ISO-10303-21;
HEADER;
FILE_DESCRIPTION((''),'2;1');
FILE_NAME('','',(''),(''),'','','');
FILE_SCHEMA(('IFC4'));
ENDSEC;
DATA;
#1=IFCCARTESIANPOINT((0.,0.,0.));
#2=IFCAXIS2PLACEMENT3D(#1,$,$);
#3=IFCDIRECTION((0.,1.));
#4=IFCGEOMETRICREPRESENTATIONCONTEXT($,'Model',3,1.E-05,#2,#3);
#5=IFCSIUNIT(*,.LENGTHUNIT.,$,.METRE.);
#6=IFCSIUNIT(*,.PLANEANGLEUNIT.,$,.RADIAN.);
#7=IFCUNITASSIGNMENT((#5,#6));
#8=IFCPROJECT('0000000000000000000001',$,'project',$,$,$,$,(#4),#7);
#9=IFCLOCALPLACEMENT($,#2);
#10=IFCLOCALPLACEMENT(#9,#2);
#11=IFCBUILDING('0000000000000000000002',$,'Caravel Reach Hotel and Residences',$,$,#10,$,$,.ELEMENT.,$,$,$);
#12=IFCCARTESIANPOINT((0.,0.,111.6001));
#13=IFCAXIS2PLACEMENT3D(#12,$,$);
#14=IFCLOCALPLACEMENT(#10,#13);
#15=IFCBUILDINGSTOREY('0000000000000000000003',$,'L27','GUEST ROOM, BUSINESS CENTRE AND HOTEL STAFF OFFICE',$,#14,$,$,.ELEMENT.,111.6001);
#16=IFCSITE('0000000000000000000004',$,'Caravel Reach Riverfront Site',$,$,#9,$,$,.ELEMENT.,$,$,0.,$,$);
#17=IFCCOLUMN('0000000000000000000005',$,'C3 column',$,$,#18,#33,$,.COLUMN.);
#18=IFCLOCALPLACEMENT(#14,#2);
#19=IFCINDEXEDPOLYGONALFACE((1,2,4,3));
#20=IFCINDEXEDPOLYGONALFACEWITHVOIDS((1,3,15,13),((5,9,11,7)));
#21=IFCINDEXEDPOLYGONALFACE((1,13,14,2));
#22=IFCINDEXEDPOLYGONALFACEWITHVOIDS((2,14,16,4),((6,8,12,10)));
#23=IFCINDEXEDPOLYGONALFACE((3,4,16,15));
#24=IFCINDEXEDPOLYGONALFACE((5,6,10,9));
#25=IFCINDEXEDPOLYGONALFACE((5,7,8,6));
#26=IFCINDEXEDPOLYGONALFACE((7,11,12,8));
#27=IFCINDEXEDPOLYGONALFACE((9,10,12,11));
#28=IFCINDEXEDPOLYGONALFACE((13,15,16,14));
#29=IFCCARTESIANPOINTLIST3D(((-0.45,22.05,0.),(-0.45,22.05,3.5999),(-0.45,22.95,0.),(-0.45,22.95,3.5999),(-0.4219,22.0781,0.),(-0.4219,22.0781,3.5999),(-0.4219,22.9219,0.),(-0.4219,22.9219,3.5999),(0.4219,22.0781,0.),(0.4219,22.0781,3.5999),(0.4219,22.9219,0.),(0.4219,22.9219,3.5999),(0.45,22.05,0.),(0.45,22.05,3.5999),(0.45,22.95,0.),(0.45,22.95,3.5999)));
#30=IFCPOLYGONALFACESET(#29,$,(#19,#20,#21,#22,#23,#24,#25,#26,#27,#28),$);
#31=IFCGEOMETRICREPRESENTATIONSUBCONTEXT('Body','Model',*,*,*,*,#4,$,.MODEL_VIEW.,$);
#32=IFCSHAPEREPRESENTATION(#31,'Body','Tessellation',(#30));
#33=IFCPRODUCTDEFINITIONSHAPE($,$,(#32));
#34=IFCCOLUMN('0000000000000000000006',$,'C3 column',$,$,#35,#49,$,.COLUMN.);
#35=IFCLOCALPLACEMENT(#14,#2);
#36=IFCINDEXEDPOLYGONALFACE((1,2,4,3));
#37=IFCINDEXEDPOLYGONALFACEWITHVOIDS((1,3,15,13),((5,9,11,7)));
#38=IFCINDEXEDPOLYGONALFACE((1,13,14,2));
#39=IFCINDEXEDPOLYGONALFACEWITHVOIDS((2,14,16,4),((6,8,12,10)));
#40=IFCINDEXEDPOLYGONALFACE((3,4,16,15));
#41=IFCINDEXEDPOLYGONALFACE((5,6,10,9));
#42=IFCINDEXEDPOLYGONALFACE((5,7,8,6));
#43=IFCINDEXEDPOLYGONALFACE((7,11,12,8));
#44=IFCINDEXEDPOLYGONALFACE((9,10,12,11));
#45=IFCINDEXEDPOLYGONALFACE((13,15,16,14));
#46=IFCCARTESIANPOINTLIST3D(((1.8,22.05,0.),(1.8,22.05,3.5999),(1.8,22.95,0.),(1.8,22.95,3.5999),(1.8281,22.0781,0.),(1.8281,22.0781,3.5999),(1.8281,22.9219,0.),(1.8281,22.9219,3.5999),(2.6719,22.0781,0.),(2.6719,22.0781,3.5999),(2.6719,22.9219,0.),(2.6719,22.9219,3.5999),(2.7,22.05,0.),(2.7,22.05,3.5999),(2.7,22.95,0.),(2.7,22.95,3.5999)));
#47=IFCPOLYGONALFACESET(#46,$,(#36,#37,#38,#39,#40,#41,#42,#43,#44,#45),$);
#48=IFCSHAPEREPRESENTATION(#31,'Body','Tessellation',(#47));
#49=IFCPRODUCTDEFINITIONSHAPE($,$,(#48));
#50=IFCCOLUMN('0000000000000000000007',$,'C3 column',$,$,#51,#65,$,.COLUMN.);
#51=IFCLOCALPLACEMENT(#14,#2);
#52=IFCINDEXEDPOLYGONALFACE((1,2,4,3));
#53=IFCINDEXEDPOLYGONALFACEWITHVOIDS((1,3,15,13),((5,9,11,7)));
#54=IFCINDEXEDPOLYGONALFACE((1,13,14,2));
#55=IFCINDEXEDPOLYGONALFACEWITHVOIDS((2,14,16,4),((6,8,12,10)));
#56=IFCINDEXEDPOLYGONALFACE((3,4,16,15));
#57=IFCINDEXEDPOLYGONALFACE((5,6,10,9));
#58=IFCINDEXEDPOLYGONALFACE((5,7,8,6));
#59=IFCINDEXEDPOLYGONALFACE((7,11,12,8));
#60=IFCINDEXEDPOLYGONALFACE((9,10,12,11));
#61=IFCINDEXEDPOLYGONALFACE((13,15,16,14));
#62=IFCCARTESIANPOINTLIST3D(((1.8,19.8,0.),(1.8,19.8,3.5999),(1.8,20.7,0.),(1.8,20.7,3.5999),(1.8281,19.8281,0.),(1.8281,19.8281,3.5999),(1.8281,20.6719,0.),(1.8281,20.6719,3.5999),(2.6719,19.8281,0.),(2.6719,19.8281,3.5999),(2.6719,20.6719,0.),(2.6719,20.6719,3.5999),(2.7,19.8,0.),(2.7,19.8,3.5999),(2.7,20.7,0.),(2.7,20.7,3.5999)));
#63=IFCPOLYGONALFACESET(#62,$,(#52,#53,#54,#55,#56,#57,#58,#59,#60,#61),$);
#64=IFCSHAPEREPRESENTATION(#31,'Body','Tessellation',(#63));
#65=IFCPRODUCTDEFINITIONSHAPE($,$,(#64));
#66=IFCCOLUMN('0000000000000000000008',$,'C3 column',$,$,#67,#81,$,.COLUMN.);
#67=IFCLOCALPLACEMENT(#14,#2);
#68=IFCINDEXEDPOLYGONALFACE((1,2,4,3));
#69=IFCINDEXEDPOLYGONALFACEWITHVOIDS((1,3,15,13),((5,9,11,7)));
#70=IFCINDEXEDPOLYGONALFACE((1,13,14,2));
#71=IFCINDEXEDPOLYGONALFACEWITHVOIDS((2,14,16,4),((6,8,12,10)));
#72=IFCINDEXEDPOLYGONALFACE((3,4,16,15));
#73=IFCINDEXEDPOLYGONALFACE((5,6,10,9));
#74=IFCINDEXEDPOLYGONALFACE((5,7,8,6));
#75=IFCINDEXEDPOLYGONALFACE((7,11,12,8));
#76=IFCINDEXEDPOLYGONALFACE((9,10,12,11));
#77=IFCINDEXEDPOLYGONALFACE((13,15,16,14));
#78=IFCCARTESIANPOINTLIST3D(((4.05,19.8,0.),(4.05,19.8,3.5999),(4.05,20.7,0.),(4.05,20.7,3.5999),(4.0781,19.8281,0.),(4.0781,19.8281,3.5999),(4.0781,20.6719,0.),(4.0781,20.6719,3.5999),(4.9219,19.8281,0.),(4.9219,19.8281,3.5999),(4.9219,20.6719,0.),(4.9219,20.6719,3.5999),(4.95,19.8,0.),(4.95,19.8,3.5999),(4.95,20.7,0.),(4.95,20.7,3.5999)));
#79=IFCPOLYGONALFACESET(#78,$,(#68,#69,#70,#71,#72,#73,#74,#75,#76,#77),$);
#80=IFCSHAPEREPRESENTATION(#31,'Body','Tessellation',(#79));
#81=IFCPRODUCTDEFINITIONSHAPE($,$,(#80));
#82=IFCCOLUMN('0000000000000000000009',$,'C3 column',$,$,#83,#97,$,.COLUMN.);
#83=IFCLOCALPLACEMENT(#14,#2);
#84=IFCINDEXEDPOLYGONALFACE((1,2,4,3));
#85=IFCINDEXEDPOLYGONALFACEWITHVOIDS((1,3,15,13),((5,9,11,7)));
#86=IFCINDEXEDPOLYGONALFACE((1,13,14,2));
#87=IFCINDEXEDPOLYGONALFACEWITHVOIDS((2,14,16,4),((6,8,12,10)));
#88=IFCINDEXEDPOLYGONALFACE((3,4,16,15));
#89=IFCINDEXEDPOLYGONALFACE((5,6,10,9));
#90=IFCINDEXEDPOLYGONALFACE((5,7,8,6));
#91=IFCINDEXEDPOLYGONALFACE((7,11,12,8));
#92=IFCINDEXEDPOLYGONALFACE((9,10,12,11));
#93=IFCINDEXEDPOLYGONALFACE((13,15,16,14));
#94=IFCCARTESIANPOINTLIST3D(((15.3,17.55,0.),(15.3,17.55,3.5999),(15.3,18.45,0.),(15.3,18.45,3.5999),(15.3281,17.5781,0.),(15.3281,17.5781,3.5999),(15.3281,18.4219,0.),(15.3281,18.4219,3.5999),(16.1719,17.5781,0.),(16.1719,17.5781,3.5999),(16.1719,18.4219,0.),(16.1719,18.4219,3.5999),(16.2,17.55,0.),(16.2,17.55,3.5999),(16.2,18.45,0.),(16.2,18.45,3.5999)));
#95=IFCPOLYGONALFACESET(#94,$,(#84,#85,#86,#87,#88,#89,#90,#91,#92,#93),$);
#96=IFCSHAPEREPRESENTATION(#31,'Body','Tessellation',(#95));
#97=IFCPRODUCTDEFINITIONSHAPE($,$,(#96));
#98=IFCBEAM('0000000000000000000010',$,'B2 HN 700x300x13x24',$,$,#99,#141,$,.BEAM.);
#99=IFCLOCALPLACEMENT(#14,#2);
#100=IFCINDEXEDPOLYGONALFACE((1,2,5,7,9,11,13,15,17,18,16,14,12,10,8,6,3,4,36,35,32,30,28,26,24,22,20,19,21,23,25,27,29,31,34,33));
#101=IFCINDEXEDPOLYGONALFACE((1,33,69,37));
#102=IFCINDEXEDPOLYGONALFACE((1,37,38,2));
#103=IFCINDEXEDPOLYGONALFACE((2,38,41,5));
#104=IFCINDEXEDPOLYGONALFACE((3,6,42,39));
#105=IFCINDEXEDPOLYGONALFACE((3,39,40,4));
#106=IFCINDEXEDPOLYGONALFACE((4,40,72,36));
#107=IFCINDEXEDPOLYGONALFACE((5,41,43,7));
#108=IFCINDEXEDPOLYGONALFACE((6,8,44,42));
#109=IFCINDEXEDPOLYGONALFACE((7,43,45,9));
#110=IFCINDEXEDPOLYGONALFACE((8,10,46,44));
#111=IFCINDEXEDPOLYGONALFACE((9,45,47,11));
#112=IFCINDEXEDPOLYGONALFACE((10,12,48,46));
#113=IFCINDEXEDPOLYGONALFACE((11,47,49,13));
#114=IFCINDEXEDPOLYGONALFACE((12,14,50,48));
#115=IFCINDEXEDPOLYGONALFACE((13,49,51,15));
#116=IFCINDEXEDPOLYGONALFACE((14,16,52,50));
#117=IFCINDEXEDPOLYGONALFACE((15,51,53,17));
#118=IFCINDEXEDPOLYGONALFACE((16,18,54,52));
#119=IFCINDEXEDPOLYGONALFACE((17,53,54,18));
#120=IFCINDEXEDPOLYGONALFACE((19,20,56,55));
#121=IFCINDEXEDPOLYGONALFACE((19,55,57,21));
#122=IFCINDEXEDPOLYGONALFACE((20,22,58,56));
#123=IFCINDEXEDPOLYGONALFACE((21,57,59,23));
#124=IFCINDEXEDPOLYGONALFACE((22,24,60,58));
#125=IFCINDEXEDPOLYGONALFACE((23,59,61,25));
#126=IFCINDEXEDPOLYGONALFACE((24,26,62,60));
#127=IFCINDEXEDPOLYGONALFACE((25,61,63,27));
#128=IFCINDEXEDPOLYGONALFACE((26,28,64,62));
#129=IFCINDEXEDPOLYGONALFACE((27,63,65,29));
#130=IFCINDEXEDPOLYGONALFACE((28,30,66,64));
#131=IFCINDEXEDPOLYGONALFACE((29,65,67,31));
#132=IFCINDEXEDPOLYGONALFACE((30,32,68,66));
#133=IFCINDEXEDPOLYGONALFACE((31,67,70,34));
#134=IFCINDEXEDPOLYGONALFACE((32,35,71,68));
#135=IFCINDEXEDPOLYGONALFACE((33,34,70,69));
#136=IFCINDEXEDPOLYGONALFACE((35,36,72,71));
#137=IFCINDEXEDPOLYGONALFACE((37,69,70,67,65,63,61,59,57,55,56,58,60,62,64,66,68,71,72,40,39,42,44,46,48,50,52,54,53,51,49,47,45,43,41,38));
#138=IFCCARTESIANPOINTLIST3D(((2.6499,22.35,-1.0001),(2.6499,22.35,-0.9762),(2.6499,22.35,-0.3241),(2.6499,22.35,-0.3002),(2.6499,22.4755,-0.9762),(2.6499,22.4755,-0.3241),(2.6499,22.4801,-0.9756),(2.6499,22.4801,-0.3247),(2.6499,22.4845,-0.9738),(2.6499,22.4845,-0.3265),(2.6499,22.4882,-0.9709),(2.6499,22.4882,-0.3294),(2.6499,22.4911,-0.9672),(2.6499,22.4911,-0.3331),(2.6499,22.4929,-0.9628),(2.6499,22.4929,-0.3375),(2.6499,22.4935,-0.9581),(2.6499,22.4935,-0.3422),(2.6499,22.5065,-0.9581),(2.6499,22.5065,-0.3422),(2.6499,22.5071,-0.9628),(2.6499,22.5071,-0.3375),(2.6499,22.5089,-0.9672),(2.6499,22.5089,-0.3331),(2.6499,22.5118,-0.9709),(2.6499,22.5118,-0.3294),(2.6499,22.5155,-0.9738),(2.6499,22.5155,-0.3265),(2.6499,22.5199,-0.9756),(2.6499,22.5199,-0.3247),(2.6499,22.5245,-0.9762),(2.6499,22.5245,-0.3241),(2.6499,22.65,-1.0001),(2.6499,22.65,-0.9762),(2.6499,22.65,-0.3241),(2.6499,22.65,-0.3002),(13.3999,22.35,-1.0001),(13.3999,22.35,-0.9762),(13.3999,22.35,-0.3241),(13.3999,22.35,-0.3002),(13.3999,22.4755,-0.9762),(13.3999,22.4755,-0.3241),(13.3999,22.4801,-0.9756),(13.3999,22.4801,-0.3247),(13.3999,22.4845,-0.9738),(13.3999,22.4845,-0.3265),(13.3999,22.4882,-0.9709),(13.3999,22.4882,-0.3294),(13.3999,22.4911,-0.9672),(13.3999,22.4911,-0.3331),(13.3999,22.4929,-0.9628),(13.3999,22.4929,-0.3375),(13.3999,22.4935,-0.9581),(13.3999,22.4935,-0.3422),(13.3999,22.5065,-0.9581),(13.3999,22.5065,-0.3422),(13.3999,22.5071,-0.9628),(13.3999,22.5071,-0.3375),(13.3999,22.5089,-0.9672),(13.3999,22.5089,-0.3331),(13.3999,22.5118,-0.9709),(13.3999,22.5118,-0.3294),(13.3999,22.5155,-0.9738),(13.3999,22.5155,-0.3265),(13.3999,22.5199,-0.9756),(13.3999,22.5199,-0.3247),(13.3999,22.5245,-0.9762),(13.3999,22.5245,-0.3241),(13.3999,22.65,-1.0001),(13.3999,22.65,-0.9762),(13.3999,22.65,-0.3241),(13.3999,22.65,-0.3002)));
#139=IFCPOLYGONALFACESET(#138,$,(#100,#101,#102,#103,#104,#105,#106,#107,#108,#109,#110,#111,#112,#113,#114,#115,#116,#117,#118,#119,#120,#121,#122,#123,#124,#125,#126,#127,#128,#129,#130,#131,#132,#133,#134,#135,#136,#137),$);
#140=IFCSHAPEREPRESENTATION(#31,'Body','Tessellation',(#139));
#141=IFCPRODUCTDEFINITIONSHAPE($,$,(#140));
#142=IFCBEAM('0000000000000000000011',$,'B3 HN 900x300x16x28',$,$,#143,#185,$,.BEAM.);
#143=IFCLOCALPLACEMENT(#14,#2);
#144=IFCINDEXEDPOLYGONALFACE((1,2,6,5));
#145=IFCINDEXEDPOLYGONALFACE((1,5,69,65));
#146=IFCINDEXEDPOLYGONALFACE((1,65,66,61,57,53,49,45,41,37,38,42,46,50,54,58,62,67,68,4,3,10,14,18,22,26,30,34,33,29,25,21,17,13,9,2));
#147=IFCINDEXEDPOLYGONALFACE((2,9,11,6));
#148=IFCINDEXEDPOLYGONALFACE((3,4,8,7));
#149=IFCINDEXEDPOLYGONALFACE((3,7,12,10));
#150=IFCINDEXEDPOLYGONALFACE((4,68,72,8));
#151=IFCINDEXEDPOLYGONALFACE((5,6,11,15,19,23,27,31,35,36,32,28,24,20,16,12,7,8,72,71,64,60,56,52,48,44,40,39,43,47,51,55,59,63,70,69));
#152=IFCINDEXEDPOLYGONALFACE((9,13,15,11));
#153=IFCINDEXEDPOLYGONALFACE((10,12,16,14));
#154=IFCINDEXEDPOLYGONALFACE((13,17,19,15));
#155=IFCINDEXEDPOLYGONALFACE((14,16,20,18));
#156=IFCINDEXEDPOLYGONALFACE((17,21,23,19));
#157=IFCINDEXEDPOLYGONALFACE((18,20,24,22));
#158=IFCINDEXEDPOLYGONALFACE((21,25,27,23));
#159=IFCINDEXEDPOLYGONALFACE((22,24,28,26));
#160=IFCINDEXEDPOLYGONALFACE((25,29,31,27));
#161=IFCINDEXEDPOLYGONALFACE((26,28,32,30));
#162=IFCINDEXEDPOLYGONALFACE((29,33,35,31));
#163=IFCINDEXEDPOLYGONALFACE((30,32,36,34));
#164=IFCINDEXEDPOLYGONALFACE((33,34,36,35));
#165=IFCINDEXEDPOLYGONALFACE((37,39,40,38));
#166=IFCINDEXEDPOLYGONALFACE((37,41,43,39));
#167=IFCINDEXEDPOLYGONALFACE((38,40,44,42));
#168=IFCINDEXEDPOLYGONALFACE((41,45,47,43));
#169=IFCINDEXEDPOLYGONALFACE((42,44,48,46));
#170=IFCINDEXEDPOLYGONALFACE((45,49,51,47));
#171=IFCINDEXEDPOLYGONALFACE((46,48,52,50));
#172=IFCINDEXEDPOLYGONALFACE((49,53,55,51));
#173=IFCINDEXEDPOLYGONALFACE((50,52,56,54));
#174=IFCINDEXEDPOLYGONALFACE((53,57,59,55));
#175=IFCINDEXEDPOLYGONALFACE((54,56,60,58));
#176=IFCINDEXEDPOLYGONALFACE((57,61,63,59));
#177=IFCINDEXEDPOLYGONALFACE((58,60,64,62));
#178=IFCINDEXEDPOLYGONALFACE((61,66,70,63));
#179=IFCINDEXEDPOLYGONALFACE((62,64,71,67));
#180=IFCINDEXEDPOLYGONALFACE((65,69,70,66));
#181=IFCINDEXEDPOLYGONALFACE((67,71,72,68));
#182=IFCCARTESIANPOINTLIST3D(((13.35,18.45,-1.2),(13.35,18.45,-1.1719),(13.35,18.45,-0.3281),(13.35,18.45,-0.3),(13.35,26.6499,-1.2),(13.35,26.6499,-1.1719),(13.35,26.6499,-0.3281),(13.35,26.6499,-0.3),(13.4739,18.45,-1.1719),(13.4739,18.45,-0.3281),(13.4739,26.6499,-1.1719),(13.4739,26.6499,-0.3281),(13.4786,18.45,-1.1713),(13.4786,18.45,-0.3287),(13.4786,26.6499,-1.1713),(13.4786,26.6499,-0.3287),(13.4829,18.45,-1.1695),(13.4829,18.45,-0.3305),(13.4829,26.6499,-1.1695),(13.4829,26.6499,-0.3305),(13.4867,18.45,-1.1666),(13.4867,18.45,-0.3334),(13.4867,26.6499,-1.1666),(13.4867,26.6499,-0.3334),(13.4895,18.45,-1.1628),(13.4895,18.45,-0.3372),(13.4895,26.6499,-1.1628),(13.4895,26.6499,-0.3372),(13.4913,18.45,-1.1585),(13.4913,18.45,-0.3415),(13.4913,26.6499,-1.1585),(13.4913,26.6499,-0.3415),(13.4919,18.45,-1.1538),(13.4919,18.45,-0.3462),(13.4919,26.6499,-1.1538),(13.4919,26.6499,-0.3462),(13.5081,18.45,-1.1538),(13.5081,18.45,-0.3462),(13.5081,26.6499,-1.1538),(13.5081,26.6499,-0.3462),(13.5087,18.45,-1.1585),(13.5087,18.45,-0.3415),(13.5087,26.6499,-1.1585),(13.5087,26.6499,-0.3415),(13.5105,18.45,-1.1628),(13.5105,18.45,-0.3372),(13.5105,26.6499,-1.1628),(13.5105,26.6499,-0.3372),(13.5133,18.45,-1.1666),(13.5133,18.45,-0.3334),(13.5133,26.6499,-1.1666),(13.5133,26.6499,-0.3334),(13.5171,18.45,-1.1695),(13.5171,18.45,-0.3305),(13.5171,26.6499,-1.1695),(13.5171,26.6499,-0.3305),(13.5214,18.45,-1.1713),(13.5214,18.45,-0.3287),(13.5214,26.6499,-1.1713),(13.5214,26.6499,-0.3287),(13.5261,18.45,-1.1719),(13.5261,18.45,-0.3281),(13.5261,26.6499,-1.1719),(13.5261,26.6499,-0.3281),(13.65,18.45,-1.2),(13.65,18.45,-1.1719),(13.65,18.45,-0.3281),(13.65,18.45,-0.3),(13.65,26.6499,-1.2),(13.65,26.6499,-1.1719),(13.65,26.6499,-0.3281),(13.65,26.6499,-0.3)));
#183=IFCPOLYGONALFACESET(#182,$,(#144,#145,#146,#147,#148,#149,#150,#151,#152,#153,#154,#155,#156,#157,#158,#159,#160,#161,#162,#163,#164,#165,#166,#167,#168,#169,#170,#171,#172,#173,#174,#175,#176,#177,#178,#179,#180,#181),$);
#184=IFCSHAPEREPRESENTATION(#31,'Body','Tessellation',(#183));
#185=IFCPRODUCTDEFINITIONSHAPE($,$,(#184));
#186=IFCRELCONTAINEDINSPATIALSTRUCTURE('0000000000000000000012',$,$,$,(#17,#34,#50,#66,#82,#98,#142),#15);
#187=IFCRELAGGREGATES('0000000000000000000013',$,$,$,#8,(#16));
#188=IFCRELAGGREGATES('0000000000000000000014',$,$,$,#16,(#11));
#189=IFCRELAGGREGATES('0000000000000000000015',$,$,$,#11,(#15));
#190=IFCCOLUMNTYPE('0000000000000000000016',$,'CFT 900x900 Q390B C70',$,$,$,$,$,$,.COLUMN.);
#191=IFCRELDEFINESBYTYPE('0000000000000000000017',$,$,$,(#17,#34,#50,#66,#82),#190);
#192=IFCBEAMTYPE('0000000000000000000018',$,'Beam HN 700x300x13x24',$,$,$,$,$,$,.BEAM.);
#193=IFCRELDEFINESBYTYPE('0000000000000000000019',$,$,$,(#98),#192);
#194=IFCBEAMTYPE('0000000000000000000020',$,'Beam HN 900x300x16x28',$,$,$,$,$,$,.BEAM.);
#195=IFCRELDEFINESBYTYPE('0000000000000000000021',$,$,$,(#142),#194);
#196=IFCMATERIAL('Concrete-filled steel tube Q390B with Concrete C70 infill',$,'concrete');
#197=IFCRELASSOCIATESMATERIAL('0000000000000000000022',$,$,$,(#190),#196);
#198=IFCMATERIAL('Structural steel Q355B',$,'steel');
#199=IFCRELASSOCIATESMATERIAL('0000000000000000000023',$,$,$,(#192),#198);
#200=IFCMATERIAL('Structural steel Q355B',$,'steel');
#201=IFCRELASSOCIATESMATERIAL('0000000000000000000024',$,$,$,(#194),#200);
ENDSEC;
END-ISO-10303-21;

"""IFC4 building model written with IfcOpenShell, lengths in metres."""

from ifc_helpers import new_model, si_unit, direction, frame, origin, origin_2d, place, context, subcontext, project, spatial, hollow_rectangle, i_section, extrude, material, material_profile, profile_set, type_object, element, save


model = new_model("IFC4")

# Units and contexts
model_context = context("Model", 3, precision=1e-05, world=origin(), true_north=direction((0.0, 1.0)))
body_context = subcontext(model_context, "Body", "Model", "MODEL_VIEW")
ifc_project = project(units=[si_unit("LENGTHUNIT", "METRE"), si_unit("PLANEANGLEUNIT", "RADIAN")], contexts=[model_context])

# Site, building, storey
site_placement = place(None, origin())
site = spatial("IfcSite", under=ifc_project, at=site_placement, Name="Caravel Reach Riverfront Site", CompositionType="ELEMENT", RefElevation=0.0)
building_placement = place(site_placement, origin())
building = spatial("IfcBuilding", under=site, at=building_placement, Name="Caravel Reach Hotel and Residences", CompositionType="ELEMENT")
storey_placement = place(building_placement, frame((0.0, 0.0, 111.6001)))
storey = spatial("IfcBuildingStorey", under=building, at=storey_placement, Name="L27", Description="GUEST ROOM, BUSINESS CENTRE AND HOTEL STAFF OFFICE", CompositionType="ELEMENT", Elevation=111.6001)

# Columns
ifc_material_1 = material(Name="Concrete-filled steel tube Q390B with Concrete C70 infill", Category="concrete")
ifc_material_profile_1 = material_profile(ifc_material_1, hollow_rectangle(XDim=0.8999, YDim=0.8999, WallThickness=0.0281, at=origin_2d()), Name="RHS 900x900x28")
ifc_profile_set_1 = profile_set([ifc_material_profile_1], Name="Concrete-filled steel tube Q390B with Concrete C70 infill")
column_type = type_object("IfcColumnType", Name="CFT 900x900 Q390B C70", PredefinedType="COLUMN", material=ifc_profile_set_1)
for number, where, z_axis, x_axis, name in (
    (1, (0.0, 22.5, 0.0), (0.0, 0.0, 1.0), (1.0, 0.0, 0.0), "C3 column"),
    (2, (2.25, 22.5, 0.0), (0.0, 0.0, 1.0), (1.0, 0.0, 0.0), "C3 column"),
    (3, (2.25, 20.25, 0.0), (0.0, 0.0, 1.0), (1.0, 0.0, 0.0), "C3 column"),
    (4, (4.5, 20.25, 0.0), (0.0, 0.0, 1.0), (1.0, 0.0, 0.0), "C3 column"),
    (5, (15.75, 18.0, 0.0), (0.0, 0.0, 1.0), (1.0, 0.0, 0.0), "C3 column"),
):
    element("IfcColumn", number, at=place(storey_placement, frame(where, z_axis=z_axis, x_axis=x_axis)), inside=storey, type_object=column_type, Name=name, PredefinedType="COLUMN", context=body_context, shape_type="SweptSolid", body=[
        extrude(hollow_rectangle(XDim=0.8999, YDim=0.8999, WallThickness=0.0281, at=origin_2d()), origin(), (0.0, 0.0, 1.0), 3.5999),
    ])

# Beams
ifc_material_2 = material(Name="Structural steel Q355B", Category="steel")
ifc_material_profile_2 = material_profile(ifc_material_2, i_section(OverallWidth=0.3, OverallDepth=0.7, WebThickness=0.0129, FlangeThickness=0.0239, FilletRadius=0.0181, at=origin_2d()), Name="HN 700x300x13x24")
ifc_profile_set_2 = profile_set([ifc_material_profile_2], Name="Structural steel Q355B")
beam_type_1 = type_object("IfcBeamType", Name="Beam HN 700x300x13x24", PredefinedType="BEAM", material=ifc_profile_set_2)
beam_1_placement = place(storey_placement, frame((13.3999, 22.5, -0.6501), z_axis=(-1.0, 0.0, 0.0), x_axis=(0.0, -1.0, 0.0)))
element("IfcBeam", 6, at=beam_1_placement, inside=storey, type_object=beam_type_1, Name="B2 HN 700x300x13x24", PredefinedType="BEAM", context=body_context, shape_type="SweptSolid", body=[
    extrude(i_section(OverallWidth=0.3, OverallDepth=0.7, WebThickness=0.0129, FlangeThickness=0.0239, FilletRadius=0.0181, at=origin_2d()), origin(), (0.0, 0.0, 1.0), 10.75),
])
ifc_material_3 = material(Name="Structural steel Q355B", Category="steel")
ifc_material_profile_3 = material_profile(ifc_material_3, i_section(OverallWidth=0.3, OverallDepth=0.8999, WebThickness=0.0161, FlangeThickness=0.0281, FilletRadius=0.0181, at=origin_2d()), Name="HN 900x300x16x28")
ifc_profile_set_3 = profile_set([ifc_material_profile_3], Name="Structural steel Q355B")
beam_type_2 = type_object("IfcBeamType", Name="Beam HN 900x300x16x28", PredefinedType="BEAM", material=ifc_profile_set_3)
beam_2_placement = place(storey_placement, frame((13.5, 18.45, -0.75), z_axis=(0.0, 1.0, 0.0), x_axis=(-1.0, 0.0, 0.0)))
element("IfcBeam", 7, at=beam_2_placement, inside=storey, type_object=beam_type_2, Name="B3 HN 900x300x16x28", PredefinedType="BEAM", context=body_context, shape_type="SweptSolid", body=[
    extrude(i_section(OverallWidth=0.3, OverallDepth=0.8999, WebThickness=0.0161, FlangeThickness=0.0281, FilletRadius=0.0181, at=origin_2d()), origin(), (0.0, 0.0, 1.0), 8.2),
])

save(model, "model.ifc")
